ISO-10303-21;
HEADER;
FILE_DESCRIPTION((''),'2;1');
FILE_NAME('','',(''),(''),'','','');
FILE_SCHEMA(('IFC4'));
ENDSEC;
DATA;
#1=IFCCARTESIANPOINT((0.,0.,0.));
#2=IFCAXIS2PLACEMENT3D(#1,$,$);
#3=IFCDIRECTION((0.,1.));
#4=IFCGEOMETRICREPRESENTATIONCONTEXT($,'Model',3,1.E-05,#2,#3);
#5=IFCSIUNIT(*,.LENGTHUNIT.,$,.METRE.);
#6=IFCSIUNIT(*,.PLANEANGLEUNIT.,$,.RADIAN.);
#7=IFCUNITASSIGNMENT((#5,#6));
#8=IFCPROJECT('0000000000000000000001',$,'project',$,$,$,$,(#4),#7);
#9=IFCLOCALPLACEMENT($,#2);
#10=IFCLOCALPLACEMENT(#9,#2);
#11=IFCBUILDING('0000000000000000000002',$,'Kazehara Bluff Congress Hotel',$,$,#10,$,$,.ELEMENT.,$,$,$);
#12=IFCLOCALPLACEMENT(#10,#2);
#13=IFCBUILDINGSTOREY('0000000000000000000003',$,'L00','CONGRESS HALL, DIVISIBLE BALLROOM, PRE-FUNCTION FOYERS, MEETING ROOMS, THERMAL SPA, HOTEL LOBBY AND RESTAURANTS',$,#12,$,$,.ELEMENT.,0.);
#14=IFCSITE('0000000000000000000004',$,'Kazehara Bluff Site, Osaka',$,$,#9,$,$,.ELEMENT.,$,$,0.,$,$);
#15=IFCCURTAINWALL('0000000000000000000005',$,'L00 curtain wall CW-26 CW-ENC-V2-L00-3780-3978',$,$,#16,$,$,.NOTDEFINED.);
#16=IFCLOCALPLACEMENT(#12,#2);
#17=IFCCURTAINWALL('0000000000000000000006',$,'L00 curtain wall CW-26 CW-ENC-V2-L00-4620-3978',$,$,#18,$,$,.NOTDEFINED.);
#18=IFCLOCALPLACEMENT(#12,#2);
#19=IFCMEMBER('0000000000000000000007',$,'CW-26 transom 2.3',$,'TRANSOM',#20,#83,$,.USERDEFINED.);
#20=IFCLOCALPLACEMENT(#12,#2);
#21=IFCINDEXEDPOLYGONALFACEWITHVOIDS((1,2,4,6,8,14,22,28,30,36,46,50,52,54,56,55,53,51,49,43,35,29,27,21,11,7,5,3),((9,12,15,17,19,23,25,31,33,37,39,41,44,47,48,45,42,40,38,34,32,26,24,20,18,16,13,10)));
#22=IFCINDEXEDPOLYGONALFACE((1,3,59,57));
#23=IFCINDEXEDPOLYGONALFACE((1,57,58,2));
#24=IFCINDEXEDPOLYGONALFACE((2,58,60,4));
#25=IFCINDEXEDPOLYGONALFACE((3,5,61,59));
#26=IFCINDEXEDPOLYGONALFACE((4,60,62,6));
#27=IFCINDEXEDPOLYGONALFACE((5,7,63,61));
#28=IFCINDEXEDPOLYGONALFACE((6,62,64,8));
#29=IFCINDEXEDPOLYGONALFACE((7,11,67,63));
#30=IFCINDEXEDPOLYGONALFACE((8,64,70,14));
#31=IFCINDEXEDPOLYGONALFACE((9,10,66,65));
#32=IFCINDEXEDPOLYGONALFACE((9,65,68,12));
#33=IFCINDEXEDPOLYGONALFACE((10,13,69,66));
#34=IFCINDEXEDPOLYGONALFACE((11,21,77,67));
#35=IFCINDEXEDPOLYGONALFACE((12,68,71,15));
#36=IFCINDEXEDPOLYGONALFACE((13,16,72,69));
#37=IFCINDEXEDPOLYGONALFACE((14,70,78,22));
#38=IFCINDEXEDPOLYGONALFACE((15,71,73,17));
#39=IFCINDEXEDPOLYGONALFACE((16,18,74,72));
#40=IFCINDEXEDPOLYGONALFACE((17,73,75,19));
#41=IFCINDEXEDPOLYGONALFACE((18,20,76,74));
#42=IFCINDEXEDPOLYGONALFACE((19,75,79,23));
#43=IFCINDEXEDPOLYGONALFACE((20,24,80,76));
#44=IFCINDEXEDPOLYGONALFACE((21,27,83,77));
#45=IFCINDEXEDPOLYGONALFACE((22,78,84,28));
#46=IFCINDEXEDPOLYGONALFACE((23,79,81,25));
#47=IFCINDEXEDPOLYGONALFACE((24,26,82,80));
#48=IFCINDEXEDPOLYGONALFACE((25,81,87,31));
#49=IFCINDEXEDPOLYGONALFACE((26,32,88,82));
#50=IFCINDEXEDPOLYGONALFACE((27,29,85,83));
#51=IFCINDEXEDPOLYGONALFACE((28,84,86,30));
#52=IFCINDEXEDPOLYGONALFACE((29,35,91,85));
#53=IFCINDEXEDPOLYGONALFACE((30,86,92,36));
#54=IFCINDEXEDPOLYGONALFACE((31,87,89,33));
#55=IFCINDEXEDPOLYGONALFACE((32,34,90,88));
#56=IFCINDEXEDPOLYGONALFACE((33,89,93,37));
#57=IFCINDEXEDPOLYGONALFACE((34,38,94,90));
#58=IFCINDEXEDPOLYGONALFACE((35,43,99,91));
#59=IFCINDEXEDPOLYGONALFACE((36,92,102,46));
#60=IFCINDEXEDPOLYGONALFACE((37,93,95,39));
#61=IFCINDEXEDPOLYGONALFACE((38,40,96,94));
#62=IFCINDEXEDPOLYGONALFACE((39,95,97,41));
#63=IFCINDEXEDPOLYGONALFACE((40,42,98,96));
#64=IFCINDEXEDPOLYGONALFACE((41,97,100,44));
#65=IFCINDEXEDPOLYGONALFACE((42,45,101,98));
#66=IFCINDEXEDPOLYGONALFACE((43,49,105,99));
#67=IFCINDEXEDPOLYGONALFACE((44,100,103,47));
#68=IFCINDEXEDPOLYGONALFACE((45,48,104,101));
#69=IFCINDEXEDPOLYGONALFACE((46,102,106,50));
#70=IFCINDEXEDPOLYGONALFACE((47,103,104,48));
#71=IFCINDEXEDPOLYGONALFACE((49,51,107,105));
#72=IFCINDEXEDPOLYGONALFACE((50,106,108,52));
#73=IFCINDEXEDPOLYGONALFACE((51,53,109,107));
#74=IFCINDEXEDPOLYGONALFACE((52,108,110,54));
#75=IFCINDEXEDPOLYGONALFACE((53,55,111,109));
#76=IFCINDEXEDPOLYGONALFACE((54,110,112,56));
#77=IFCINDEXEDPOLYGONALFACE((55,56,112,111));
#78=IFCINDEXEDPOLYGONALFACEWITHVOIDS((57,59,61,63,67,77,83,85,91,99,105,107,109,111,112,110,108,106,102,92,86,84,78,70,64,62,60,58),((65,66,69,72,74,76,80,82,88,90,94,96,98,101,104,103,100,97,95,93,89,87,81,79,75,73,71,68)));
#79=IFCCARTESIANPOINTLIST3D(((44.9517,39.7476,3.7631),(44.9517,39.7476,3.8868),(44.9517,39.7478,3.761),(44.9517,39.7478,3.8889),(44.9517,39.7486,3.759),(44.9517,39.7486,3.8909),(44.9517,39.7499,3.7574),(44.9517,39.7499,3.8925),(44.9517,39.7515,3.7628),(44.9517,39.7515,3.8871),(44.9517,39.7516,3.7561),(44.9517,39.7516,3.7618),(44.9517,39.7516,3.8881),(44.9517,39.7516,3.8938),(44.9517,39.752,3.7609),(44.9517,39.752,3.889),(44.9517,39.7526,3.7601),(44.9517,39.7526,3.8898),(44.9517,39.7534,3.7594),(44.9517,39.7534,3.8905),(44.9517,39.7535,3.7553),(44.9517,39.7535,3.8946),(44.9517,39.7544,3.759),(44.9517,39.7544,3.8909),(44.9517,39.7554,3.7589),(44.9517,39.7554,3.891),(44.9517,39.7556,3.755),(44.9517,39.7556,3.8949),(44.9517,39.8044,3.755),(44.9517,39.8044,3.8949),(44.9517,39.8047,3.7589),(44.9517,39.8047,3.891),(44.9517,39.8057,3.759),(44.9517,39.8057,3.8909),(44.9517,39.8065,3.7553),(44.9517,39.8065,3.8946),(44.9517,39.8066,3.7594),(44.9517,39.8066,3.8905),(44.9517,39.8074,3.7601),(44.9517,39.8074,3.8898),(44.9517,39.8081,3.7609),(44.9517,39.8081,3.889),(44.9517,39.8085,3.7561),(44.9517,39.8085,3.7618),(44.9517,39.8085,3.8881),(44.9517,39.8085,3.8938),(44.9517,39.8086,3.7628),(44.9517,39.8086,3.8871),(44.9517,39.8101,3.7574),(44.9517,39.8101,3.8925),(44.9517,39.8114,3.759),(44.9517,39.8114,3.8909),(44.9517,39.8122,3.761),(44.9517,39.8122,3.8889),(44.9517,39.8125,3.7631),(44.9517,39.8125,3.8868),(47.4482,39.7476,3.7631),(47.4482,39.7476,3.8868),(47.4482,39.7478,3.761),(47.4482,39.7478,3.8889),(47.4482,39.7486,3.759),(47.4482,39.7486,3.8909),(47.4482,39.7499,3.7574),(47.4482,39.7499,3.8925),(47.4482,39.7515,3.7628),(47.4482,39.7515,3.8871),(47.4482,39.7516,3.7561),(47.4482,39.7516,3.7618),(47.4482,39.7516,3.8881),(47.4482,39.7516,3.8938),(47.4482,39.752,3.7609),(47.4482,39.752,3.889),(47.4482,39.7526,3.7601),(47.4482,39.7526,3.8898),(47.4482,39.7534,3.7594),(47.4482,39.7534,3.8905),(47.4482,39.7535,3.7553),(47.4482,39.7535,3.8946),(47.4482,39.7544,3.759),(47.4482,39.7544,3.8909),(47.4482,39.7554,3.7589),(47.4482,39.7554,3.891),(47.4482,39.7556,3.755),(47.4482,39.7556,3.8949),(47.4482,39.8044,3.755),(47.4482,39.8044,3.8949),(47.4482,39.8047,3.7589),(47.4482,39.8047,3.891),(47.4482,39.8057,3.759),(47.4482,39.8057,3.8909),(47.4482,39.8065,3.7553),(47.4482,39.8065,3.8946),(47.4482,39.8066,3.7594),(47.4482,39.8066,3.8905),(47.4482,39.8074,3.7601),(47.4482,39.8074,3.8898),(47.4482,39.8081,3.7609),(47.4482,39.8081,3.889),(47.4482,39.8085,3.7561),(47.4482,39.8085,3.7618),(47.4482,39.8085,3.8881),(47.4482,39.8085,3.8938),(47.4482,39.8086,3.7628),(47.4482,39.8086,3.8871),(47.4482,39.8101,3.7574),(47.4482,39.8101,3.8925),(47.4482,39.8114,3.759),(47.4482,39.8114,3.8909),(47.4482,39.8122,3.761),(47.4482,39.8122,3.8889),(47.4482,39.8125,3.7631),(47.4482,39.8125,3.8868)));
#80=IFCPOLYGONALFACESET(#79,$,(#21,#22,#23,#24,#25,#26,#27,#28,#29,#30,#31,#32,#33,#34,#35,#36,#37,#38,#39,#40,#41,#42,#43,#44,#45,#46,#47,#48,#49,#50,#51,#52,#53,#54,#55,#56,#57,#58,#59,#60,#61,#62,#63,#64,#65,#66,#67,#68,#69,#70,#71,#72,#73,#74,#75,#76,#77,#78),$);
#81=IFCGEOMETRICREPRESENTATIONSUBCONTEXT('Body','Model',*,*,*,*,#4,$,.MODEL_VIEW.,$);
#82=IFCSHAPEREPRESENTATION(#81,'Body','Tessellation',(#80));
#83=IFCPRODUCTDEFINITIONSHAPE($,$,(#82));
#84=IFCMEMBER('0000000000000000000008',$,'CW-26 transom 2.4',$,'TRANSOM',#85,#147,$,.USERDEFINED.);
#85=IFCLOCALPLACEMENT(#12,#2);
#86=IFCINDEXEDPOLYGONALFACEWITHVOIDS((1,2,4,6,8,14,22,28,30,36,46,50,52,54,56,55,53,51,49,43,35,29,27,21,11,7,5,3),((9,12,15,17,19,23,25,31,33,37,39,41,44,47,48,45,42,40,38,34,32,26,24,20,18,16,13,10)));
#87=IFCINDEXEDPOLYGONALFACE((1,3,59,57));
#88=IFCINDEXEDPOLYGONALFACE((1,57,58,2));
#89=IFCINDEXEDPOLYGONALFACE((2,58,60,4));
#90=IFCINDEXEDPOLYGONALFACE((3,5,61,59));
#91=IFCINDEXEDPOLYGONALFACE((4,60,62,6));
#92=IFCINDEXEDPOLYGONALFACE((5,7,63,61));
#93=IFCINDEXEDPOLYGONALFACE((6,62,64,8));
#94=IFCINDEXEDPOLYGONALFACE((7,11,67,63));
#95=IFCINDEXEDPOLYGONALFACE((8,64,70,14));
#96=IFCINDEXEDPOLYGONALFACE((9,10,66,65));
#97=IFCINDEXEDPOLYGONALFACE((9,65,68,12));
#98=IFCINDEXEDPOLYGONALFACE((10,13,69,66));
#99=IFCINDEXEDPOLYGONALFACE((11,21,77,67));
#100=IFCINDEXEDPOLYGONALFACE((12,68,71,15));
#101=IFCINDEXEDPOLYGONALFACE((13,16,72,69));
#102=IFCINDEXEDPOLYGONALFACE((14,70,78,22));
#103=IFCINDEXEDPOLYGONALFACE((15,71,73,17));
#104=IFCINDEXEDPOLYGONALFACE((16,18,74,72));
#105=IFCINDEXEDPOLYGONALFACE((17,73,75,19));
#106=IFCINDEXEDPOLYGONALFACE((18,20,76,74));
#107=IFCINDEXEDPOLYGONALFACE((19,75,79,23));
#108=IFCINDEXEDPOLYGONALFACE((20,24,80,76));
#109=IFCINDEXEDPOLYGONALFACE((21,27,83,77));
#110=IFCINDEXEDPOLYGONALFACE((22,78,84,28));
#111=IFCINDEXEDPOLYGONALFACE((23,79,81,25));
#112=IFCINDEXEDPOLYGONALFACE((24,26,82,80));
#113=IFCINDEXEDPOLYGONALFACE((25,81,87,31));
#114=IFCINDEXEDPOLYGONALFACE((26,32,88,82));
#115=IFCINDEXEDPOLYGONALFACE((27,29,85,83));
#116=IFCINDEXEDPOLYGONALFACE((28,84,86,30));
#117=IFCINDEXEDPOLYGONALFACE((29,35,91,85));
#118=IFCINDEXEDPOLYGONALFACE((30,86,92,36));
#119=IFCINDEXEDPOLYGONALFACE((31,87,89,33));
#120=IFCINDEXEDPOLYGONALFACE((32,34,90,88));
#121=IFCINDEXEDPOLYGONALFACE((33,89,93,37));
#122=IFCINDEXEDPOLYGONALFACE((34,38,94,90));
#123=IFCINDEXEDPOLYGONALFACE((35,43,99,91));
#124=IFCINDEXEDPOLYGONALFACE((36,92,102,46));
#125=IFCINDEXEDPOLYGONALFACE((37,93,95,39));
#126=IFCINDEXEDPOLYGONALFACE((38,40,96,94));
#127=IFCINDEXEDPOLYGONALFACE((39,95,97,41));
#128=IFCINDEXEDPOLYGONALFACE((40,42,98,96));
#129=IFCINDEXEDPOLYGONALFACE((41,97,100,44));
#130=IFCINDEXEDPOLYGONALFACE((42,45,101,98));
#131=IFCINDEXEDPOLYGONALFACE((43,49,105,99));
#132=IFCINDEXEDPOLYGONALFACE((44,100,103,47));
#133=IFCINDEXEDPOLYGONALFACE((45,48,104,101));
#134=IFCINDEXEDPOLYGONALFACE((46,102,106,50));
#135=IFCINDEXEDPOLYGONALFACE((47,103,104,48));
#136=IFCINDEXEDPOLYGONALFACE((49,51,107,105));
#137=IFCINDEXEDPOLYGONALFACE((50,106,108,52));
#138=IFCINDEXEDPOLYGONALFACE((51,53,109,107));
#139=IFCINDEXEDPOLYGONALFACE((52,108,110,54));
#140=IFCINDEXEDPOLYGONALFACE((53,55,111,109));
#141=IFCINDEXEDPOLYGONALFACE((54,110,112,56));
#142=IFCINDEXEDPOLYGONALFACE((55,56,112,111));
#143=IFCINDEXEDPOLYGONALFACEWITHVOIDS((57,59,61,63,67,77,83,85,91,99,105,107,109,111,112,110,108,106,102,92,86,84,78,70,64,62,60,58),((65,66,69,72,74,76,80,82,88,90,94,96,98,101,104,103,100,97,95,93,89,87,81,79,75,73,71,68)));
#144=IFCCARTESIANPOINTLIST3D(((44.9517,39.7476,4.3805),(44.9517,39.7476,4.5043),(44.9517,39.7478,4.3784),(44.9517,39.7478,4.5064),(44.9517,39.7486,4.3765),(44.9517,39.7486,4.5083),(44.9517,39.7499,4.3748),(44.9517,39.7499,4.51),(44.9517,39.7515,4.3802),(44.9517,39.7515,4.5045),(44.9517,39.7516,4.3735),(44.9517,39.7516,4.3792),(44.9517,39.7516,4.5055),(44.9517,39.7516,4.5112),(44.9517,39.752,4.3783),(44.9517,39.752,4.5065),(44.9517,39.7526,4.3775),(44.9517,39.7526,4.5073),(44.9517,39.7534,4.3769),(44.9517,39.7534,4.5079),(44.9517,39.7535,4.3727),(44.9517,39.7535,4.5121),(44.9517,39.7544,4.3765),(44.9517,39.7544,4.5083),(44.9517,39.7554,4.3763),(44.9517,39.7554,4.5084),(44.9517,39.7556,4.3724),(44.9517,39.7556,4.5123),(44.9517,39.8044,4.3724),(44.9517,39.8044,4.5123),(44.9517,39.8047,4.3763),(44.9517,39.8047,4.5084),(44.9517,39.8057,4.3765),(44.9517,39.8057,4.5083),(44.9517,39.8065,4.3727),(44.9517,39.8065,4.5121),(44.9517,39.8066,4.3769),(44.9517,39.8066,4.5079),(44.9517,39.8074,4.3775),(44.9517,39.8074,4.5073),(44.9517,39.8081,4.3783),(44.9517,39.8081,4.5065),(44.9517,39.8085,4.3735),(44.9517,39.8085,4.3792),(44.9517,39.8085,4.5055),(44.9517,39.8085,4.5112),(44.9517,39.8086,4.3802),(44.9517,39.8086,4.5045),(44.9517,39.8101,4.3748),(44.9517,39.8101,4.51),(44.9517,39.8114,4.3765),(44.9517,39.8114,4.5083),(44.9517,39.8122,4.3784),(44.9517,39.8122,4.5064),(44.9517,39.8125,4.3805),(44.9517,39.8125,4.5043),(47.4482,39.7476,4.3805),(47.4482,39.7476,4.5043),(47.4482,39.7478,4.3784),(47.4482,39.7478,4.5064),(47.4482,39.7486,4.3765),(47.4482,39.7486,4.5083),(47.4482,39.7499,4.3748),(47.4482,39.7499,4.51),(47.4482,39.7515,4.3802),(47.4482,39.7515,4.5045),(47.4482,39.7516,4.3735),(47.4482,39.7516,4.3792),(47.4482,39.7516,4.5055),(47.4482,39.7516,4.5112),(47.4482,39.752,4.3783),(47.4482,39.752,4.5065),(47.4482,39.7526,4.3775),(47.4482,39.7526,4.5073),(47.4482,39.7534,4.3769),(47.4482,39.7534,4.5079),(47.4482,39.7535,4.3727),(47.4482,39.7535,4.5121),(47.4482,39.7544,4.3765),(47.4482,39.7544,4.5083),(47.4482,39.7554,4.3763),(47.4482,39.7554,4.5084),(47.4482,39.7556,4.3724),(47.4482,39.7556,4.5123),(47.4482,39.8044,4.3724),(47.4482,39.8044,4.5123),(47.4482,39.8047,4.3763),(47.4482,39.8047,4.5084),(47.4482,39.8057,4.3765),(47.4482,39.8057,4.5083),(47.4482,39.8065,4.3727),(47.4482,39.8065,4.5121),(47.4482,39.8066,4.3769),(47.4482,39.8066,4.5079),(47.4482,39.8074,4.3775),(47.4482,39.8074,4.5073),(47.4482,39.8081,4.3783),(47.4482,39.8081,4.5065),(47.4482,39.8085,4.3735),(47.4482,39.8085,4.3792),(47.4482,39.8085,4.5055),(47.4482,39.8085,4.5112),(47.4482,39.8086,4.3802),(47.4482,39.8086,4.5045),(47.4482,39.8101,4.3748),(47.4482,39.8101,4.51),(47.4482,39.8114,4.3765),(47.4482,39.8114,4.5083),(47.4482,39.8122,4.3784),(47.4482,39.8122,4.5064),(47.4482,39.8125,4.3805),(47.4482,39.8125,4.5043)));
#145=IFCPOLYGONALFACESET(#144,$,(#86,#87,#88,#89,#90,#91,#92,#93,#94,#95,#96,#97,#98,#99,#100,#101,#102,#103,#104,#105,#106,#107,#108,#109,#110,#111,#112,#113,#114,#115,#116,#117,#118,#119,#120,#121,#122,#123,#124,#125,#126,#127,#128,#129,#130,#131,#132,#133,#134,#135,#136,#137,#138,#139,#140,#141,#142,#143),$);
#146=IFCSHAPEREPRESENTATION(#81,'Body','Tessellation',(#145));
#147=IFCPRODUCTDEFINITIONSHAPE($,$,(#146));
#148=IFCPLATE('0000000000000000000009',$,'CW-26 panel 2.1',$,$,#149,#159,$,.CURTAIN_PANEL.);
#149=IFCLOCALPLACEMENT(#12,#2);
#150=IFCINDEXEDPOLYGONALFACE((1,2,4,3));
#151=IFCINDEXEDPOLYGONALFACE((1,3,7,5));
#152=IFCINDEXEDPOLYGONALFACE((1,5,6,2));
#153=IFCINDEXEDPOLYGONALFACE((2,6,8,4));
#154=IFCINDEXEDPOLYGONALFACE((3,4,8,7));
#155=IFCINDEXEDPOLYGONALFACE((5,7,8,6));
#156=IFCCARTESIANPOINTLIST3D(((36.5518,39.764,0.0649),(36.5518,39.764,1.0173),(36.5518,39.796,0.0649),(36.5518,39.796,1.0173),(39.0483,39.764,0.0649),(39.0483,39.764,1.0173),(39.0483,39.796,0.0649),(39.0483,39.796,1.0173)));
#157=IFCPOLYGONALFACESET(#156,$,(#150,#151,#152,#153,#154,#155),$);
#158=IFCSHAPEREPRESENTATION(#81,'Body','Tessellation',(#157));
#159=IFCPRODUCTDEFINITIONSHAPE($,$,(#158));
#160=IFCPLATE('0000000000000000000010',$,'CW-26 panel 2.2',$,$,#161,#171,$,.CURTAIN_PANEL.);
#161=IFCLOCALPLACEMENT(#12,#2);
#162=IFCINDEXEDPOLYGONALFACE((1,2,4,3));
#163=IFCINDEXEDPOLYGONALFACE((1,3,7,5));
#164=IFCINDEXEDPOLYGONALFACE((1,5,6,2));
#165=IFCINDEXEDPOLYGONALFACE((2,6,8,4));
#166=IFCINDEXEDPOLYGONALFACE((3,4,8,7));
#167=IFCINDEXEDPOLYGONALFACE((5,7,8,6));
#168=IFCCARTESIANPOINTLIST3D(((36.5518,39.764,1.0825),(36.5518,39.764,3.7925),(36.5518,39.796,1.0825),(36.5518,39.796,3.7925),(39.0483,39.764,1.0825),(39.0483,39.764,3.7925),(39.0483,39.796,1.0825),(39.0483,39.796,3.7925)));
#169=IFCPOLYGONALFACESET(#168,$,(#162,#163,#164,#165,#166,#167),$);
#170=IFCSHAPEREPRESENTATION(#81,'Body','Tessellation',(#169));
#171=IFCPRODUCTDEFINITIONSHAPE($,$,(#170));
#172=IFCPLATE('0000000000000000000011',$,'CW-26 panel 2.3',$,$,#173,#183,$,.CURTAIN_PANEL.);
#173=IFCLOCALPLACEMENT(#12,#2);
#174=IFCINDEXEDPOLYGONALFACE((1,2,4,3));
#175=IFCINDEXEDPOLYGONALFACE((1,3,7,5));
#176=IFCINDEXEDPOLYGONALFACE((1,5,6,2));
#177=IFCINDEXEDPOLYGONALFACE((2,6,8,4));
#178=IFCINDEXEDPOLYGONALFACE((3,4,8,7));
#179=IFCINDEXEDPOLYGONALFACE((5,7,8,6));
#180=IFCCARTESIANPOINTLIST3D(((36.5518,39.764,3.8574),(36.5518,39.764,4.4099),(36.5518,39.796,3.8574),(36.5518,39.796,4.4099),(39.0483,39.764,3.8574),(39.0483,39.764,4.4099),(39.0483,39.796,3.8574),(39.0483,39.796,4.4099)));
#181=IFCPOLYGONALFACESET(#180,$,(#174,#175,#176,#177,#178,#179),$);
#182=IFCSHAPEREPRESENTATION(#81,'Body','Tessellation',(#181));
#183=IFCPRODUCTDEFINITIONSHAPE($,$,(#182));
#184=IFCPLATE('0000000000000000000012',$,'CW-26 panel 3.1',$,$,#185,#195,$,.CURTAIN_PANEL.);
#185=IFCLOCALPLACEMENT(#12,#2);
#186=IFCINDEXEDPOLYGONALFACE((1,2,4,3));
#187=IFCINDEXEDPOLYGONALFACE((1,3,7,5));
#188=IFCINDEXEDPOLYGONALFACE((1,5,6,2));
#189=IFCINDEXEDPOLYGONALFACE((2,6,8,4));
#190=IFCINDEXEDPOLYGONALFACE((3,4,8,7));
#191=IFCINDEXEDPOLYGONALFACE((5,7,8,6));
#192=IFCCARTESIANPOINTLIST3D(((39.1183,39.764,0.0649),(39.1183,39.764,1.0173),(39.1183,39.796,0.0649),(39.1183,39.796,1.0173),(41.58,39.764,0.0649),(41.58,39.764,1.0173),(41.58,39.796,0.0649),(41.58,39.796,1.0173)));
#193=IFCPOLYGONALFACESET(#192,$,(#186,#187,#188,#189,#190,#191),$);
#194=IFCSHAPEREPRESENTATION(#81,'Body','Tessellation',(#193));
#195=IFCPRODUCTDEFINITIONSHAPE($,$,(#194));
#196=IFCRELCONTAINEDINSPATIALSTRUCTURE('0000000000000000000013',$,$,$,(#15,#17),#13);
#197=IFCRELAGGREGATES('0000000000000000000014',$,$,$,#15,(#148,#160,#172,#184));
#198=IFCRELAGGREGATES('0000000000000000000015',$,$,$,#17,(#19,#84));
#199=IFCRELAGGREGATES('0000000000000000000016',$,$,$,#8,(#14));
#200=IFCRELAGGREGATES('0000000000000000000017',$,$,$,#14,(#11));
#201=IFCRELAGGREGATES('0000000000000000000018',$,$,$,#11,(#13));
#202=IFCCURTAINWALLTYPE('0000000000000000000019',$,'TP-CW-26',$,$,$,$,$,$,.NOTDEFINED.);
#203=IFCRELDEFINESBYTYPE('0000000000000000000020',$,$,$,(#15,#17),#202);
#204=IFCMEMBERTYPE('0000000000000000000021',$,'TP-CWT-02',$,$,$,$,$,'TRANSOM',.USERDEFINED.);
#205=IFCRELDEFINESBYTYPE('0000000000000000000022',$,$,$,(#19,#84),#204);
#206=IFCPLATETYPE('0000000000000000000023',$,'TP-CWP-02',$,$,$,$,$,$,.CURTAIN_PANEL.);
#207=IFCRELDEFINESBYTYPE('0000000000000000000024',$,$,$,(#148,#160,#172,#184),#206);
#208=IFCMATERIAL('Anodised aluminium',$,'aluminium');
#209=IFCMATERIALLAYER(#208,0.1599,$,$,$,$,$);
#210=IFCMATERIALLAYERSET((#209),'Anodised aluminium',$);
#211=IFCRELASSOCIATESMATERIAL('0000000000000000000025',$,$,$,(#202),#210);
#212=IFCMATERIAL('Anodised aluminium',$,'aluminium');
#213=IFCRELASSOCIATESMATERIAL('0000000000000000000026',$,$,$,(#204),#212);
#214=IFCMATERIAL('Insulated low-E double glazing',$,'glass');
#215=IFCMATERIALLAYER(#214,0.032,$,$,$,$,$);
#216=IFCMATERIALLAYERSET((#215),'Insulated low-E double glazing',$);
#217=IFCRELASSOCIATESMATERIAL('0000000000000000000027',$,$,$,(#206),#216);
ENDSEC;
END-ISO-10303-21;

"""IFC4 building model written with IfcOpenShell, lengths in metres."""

from ifc_helpers import new_model, si_unit, direction, frame, origin, origin_2d, place, context, subcontext, project, spatial, rectangle, hollow_rectangle, extrude, material, layer, layer_set, material_profile, profile_set, type_object, element, aggregate, save


model = new_model("IFC4")

# Units and contexts
model_context = context("Model", 3, precision=1e-05, world=origin(), true_north=direction((0.0, 1.0)))
body_context = subcontext(model_context, "Body", "Model", "MODEL_VIEW")
ifc_project = project(units=[si_unit("LENGTHUNIT", "METRE"), si_unit("PLANEANGLEUNIT", "RADIAN")], contexts=[model_context])

# Site, building, storey
site_placement = place(None, origin())
site = spatial("IfcSite", under=ifc_project, at=site_placement, Name="Kazehara Bluff Site, Osaka", CompositionType="ELEMENT", RefElevation=0.0)
building_placement = place(site_placement, origin())
building = spatial("IfcBuilding", under=site, at=building_placement, Name="Kazehara Bluff Congress Hotel", CompositionType="ELEMENT")
storey_placement = place(building_placement, origin())
storey = spatial("IfcBuildingStorey", under=building, at=storey_placement, Name="L00", Description="CONGRESS HALL, DIVISIBLE BALLROOM, PRE-FUNCTION FOYERS, MEETING ROOMS, THERMAL SPA, HOTEL LOBBY AND RESTAURANTS", CompositionType="ELEMENT", Elevation=0.0)

# Curtain walls
ifc_material_1 = material(Name="Anodised aluminium", Category="aluminium")
ifc_layer_1 = layer(ifc_material_1, 0.1599)
ifc_layer_set_1 = layer_set([ifc_layer_1], Name="Anodised aluminium")
curtain_wall_type_1 = type_object("IfcCurtainWallType", Name="TP-CW-26", PredefinedType="NOTDEFINED", material=ifc_layer_set_1)
curtain_wall_1_placement = place(storey_placement, origin())
curtain_wall_1 = element("IfcCurtainWall", 1, at=curtain_wall_1_placement, inside=storey, type_object=curtain_wall_type_1, Name="L00 curtain wall CW-26 CW-ENC-V2-L00-3780-3978", PredefinedType="NOTDEFINED")
curtain_wall_2_placement = place(storey_placement, origin())
curtain_wall_2 = element("IfcCurtainWall", 2, at=curtain_wall_2_placement, inside=storey, type_object=curtain_wall_type_1, Name="L00 curtain wall CW-26 CW-ENC-V2-L00-4620-3978", PredefinedType="NOTDEFINED")

# Members
ifc_material_2 = material(Name="Anodised aluminium", Category="aluminium")
ifc_material_profile_1 = material_profile(ifc_material_2, hollow_rectangle(XDim=0.0649, YDim=0.1399, WallThickness=0.0039, InnerFilletRadius=0.0039, OuterFilletRadius=0.0081, at=origin_2d()))
ifc_profile_set_1 = profile_set([ifc_material_profile_1], Name="Anodised aluminium")
member_type_1 = type_object("IfcMemberType", Name="TP-CWT-02", ElementType="TRANSOM", PredefinedType="USERDEFINED", material=ifc_profile_set_1)
member_1_placement = place(storey_placement, frame((44.9517, 39.78, 3.825), z_axis=(1.0, 0.0, 0.0), x_axis=(0.0, 1.0, 0.0)))
member_1 = element("IfcMember", 3, at=member_1_placement, type_object=member_type_1, Name="CW-26 transom 2.3", ObjectType="TRANSOM", PredefinedType="USERDEFINED", context=body_context, shape_type="SweptSolid", body=[
    extrude(hollow_rectangle(XDim=0.0649, YDim=0.1399, WallThickness=0.0039, InnerFilletRadius=0.0039, OuterFilletRadius=0.0081, at=origin_2d()), origin(), (0.0, 0.0, 1.0), 2.4966),
])
member_2_placement = place(storey_placement, frame((44.9517, 39.78, 4.4424), z_axis=(1.0, 0.0, 0.0), x_axis=(0.0, 1.0, 0.0)))
member_2 = element("IfcMember", 4, at=member_2_placement, type_object=member_type_1, Name="CW-26 transom 2.4", ObjectType="TRANSOM", PredefinedType="USERDEFINED", context=body_context, shape_type="SweptSolid", body=[
    extrude(hollow_rectangle(XDim=0.0649, YDim=0.1399, WallThickness=0.0039, InnerFilletRadius=0.0039, OuterFilletRadius=0.0081, at=origin_2d()), origin(), (0.0, 0.0, 1.0), 2.4966),
])

# Plates
ifc_material_3 = material(Name="Insulated low-E double glazing", Category="glass")
ifc_layer_2 = layer(ifc_material_3, 0.032)
ifc_layer_set_2 = layer_set([ifc_layer_2], Name="Insulated low-E double glazing")
plate_type = type_object("IfcPlateType", Name="TP-CWP-02", PredefinedType="CURTAIN_PANEL", material=ifc_layer_set_2)
plate_1_placement = place(storey_placement, frame((37.8, 39.78, 0.0649), z_axis=(0.0, 0.0, 1.0), x_axis=(1.0, 0.0, 0.0)))
plate_1 = element("IfcPlate", 5, at=plate_1_placement, type_object=plate_type, Name="CW-26 panel 2.1", PredefinedType="CURTAIN_PANEL", context=body_context, shape_type="SweptSolid", body=[
    extrude(rectangle(XDim=2.4966, YDim=0.032, at=origin_2d()), origin(), (0.0, 0.0, 1.0), 0.9524),
])
plate_2_placement = place(storey_placement, frame((37.8, 39.78, 1.0825), z_axis=(0.0, 0.0, 1.0), x_axis=(1.0, 0.0, 0.0)))
plate_2 = element("IfcPlate", 6, at=plate_2_placement, type_object=plate_type, Name="CW-26 panel 2.2", PredefinedType="CURTAIN_PANEL", context=body_context, shape_type="SweptSolid", body=[
    extrude(rectangle(XDim=2.4966, YDim=0.032, at=origin_2d()), origin(), (0.0, 0.0, 1.0), 2.71),
])
plate_3_placement = place(storey_placement, frame((37.8, 39.78, 3.8574), z_axis=(0.0, 0.0, 1.0), x_axis=(1.0, 0.0, 0.0)))
plate_3 = element("IfcPlate", 7, at=plate_3_placement, type_object=plate_type, Name="CW-26 panel 2.3", PredefinedType="CURTAIN_PANEL", context=body_context, shape_type="SweptSolid", body=[
    extrude(rectangle(XDim=2.4966, YDim=0.032, at=origin_2d()), origin(), (0.0, 0.0, 1.0), 0.5525),
])
plate_4_placement = place(storey_placement, frame((40.3491, 39.78, 0.0649), z_axis=(0.0, 0.0, 1.0), x_axis=(1.0, 0.0, 0.0)))
plate_4 = element("IfcPlate", 8, at=plate_4_placement, type_object=plate_type, Name="CW-26 panel 3.1", PredefinedType="CURTAIN_PANEL", context=body_context, shape_type="SweptSolid", body=[
    extrude(rectangle(XDim=2.4617, YDim=0.032, at=origin_2d()), origin(), (0.0, 0.0, 1.0), 0.9524),
])
aggregate(curtain_wall_1, [plate_1, plate_2, plate_3, plate_4])
aggregate(curtain_wall_2, [member_1, member_2])

save(model, "model.ifc")
